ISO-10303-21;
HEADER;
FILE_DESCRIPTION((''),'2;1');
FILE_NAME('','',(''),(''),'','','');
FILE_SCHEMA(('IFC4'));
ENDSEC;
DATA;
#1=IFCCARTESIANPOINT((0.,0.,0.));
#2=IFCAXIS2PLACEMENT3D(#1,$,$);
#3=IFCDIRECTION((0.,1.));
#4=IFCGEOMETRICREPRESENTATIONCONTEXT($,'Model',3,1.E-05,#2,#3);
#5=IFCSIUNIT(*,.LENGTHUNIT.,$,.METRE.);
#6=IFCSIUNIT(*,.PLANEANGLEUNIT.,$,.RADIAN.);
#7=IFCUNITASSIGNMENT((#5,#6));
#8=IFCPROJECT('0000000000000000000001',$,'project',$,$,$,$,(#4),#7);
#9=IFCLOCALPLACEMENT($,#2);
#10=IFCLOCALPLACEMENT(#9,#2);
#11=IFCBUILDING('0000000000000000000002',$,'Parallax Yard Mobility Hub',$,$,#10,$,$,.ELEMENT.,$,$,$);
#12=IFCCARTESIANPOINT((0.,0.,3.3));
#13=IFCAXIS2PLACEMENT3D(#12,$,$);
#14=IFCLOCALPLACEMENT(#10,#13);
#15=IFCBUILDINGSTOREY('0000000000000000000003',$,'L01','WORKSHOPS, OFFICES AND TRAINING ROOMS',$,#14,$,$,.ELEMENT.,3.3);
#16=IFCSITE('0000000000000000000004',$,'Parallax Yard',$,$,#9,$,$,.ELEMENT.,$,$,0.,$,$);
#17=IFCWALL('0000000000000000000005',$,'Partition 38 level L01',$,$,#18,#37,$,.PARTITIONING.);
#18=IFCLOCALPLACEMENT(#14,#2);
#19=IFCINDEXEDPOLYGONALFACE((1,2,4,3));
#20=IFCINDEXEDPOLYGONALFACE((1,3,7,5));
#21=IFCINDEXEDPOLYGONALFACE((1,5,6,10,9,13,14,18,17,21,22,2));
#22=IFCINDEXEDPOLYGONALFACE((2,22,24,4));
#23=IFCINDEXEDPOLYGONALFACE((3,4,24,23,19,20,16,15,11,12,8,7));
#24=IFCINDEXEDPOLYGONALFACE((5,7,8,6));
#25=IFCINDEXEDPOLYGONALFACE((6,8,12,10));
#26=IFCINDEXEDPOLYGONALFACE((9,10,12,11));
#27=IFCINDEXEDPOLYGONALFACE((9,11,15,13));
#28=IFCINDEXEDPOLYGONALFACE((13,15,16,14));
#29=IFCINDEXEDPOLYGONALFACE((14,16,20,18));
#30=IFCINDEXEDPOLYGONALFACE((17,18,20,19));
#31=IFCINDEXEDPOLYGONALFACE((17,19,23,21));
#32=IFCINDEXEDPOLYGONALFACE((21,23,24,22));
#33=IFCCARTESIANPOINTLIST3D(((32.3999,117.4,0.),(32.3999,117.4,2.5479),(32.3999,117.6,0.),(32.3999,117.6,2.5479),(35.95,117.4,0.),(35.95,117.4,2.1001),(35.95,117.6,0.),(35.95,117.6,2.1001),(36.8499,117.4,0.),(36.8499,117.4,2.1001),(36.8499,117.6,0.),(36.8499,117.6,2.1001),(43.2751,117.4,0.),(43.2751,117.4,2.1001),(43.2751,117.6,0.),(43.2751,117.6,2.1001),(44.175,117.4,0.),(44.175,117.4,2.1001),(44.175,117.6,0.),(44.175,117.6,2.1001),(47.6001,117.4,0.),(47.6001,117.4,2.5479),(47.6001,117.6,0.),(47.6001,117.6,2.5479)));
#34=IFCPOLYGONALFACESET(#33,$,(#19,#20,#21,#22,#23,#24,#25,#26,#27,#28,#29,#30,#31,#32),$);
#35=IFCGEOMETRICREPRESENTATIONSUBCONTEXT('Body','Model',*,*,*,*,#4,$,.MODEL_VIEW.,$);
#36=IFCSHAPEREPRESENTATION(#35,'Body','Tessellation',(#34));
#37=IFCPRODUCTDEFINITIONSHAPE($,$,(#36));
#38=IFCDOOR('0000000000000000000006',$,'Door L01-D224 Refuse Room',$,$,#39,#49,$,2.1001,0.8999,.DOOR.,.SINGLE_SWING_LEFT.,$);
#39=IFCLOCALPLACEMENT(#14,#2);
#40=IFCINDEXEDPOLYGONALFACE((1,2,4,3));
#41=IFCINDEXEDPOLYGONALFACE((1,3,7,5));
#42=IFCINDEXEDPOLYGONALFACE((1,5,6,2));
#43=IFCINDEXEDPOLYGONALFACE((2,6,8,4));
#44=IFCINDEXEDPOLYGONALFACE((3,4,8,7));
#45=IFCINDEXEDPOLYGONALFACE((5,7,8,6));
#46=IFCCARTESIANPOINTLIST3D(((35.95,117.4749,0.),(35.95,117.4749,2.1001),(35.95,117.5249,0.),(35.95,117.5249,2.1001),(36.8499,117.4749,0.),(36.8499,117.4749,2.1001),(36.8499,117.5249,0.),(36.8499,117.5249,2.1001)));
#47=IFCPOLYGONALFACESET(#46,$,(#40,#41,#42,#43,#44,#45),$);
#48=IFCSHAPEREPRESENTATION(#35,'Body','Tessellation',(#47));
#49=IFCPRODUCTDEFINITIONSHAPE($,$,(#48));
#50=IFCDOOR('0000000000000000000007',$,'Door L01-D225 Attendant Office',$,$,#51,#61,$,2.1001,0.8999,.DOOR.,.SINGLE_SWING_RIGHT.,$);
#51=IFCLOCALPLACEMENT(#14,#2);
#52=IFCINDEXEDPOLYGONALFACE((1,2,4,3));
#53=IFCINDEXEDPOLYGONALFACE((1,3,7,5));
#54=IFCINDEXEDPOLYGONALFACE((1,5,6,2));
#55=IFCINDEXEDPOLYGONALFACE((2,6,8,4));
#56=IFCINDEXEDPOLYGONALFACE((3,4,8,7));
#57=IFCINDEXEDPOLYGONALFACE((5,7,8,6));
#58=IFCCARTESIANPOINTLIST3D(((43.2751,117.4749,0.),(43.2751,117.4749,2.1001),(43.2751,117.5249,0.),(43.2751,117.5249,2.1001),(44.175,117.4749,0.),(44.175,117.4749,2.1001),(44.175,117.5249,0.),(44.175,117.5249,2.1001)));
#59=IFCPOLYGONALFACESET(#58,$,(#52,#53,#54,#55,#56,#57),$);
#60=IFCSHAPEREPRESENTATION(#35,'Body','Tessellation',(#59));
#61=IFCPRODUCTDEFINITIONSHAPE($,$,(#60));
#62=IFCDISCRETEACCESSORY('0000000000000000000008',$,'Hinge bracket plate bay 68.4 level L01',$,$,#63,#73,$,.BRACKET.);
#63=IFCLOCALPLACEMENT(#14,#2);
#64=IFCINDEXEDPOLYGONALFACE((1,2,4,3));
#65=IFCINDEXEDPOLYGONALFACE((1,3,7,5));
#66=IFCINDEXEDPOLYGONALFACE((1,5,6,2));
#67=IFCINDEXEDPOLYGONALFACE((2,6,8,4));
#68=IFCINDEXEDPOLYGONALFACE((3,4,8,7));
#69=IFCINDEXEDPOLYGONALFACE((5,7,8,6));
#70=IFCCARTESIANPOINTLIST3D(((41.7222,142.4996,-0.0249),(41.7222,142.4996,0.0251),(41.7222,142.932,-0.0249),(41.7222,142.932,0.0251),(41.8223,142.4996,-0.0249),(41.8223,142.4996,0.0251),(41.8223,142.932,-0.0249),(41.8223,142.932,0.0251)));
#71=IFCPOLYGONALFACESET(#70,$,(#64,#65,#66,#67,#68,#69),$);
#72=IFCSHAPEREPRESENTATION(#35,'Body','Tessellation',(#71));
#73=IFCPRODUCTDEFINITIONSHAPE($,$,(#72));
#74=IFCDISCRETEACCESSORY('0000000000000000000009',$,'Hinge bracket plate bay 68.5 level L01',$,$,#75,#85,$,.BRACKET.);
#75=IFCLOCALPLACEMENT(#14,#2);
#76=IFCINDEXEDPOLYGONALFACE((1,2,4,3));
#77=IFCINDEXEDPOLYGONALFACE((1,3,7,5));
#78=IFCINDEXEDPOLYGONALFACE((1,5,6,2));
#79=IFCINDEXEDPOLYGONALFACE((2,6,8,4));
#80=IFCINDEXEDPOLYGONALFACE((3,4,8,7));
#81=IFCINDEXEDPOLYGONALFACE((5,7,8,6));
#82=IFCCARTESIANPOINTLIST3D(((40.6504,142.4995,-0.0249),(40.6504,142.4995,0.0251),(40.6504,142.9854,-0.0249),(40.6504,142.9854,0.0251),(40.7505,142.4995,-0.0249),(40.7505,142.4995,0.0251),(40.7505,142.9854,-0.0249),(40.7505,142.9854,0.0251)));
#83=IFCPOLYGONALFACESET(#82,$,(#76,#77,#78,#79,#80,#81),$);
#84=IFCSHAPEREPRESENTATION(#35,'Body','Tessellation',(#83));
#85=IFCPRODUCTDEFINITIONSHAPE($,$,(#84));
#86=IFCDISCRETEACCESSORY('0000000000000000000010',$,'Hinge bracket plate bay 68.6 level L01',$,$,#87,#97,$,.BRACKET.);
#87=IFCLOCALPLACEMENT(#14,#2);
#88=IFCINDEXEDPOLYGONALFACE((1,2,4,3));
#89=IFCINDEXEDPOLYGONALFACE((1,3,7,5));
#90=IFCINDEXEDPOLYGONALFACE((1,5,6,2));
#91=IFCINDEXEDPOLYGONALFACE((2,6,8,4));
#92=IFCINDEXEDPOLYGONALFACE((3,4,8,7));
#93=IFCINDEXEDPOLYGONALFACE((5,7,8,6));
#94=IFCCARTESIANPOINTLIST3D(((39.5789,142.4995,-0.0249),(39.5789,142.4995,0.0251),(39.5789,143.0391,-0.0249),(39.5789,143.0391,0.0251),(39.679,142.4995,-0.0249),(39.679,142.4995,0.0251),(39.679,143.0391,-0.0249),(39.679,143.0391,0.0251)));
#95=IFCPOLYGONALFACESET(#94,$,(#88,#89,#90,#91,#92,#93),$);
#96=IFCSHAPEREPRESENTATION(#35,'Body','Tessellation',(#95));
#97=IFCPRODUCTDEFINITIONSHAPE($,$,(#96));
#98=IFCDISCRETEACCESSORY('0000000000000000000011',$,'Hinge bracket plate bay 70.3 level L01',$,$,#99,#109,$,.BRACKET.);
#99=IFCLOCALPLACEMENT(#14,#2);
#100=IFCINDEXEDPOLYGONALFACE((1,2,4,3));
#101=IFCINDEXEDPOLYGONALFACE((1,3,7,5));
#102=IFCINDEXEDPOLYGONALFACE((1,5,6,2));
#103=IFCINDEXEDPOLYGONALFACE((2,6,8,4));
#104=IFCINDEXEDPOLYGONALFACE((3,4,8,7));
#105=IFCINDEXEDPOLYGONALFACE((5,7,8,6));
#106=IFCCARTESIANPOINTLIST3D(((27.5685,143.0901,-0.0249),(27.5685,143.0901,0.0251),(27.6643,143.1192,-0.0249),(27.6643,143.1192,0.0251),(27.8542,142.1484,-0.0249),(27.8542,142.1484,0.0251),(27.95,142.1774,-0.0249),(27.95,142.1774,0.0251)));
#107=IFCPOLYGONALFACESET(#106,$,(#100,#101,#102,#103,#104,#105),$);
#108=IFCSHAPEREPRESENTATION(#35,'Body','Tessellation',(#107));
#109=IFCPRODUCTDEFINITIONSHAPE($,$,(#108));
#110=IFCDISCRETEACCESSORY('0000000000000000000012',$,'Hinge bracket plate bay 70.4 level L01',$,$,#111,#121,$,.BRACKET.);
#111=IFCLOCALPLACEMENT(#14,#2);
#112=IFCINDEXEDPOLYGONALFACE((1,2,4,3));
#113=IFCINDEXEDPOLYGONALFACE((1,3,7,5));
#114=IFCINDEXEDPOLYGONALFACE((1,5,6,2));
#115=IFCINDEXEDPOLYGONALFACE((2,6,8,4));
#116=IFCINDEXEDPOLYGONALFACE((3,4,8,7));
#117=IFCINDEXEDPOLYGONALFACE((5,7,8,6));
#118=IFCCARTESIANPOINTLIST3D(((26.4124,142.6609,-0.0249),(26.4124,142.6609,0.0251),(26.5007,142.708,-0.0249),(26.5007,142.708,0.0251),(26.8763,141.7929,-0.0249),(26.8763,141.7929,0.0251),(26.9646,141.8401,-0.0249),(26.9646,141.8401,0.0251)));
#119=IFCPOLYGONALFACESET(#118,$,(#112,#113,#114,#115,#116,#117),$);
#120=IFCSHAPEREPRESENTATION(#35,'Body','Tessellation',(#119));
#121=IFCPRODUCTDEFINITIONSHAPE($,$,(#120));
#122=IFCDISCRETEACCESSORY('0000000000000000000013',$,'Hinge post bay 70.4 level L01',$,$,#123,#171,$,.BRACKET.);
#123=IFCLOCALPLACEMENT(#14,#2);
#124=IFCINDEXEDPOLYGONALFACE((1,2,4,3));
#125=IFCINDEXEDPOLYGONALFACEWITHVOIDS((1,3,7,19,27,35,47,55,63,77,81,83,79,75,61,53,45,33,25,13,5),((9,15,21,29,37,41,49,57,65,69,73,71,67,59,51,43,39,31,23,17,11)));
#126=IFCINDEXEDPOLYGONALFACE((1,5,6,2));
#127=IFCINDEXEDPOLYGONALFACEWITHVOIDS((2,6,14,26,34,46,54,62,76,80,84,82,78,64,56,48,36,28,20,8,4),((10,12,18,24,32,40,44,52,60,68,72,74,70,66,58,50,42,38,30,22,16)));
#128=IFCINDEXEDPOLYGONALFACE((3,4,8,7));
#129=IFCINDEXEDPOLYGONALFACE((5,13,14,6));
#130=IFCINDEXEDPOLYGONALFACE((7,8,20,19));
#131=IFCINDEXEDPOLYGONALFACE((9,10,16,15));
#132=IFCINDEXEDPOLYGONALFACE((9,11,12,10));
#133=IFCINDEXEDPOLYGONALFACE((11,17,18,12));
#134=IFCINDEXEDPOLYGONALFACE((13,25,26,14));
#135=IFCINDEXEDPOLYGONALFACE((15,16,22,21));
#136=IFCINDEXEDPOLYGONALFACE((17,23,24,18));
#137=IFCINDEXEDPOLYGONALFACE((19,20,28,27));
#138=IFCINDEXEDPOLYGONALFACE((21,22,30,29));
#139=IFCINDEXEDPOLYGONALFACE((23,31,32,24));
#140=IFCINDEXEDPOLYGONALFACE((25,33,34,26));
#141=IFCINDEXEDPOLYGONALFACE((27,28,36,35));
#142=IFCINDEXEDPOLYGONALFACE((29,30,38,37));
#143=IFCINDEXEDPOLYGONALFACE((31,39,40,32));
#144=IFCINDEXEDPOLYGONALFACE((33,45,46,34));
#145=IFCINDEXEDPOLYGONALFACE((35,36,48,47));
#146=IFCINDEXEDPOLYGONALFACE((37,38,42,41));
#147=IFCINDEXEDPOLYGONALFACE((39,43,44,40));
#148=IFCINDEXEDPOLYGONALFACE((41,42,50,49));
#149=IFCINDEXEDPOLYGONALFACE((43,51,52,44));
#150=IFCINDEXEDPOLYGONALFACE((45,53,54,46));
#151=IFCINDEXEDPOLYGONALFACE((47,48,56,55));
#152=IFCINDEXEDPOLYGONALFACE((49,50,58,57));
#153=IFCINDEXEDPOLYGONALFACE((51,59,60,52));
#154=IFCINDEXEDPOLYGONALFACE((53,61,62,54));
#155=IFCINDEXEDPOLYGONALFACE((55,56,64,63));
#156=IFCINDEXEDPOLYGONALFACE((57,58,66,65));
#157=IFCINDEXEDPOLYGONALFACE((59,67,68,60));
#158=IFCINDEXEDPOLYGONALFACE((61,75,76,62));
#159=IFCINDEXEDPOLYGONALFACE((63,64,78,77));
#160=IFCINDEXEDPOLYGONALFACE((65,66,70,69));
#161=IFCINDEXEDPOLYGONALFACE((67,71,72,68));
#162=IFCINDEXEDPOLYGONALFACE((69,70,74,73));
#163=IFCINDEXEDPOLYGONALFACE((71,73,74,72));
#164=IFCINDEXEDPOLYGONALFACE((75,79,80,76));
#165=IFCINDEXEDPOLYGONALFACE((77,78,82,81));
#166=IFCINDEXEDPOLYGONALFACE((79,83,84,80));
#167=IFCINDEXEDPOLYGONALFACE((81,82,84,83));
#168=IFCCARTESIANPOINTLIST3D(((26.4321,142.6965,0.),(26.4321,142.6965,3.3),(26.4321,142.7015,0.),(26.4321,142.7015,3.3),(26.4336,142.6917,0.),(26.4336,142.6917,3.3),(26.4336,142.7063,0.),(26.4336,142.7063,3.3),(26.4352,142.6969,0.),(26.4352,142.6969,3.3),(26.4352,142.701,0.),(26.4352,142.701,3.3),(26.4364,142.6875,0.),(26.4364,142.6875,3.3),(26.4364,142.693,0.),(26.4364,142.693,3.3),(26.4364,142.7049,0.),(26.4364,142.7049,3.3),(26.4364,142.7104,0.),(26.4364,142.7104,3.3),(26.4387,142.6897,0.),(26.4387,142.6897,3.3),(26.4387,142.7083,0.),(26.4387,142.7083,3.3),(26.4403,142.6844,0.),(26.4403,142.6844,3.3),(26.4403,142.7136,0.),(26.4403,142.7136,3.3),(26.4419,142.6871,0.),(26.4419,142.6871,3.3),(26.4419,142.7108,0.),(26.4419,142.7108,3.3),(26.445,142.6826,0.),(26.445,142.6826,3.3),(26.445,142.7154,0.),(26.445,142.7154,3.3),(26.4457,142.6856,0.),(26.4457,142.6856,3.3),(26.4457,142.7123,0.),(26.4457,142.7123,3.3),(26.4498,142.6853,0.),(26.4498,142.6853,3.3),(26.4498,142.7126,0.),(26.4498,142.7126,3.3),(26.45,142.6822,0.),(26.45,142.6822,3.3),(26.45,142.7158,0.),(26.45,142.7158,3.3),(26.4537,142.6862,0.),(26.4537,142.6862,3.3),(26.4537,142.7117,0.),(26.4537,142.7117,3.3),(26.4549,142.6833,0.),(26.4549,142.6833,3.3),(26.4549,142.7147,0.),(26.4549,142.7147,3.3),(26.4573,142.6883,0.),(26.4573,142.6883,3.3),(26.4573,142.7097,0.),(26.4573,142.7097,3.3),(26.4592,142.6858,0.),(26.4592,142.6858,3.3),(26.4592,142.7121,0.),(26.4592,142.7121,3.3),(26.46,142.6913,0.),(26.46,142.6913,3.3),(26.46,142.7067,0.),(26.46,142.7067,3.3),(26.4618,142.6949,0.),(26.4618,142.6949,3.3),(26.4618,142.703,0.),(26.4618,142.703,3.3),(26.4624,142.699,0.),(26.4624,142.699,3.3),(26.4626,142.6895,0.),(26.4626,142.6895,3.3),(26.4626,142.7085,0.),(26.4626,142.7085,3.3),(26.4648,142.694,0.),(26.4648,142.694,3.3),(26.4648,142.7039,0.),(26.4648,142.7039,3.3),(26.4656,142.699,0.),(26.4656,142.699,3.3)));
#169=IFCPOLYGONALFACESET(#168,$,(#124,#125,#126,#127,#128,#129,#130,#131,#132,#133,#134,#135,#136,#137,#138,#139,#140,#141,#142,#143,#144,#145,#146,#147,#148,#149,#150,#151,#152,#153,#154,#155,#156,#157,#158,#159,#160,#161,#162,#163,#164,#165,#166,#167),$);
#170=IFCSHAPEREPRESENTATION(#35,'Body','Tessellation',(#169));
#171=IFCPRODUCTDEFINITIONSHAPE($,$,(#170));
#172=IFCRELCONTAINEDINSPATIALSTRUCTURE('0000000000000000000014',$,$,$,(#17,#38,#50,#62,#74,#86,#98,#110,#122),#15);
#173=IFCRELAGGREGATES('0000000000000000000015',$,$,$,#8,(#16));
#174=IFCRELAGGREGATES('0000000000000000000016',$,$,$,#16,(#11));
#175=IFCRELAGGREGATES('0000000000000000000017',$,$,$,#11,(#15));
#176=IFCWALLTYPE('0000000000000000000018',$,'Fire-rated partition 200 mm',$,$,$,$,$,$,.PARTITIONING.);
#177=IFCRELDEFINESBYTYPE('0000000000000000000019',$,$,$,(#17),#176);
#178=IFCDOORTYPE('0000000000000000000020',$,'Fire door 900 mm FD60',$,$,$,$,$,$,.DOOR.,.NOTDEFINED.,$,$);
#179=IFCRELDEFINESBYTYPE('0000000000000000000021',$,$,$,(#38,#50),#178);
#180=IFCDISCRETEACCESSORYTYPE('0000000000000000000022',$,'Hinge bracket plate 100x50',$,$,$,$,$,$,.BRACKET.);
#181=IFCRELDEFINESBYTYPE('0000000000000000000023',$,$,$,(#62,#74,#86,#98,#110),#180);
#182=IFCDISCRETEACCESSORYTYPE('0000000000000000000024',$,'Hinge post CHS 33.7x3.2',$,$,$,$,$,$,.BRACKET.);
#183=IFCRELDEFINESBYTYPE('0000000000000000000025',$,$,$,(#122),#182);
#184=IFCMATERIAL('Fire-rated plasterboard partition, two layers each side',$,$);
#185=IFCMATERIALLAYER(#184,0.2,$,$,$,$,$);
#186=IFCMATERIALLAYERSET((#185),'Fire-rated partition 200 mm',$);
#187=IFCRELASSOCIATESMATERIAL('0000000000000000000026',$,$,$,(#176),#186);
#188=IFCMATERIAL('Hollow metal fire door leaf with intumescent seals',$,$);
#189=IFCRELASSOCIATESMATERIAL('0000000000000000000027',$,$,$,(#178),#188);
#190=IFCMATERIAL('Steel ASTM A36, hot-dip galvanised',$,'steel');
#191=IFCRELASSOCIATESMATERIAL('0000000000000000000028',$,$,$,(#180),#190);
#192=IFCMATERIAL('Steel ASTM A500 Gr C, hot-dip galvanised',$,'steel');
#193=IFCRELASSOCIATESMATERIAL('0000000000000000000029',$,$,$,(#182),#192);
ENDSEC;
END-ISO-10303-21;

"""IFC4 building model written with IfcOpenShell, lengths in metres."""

from ifc_helpers import new_model, si_unit, direction, frame, frame_2d, origin, origin_2d, place, context, subcontext, project, spatial, rectangle, hollow_circle, extrude, material, layer, layer_set, material_profile, profile_set, type_object, element, fill, save


model = new_model("IFC4")

# Units and contexts
model_context = context("Model", 3, precision=1e-05, world=origin(), true_north=direction((0.0, 1.0)))
body_context = subcontext(model_context, "Body", "Model", "MODEL_VIEW")
ifc_project = project(units=[si_unit("LENGTHUNIT", "METRE"), si_unit("PLANEANGLEUNIT", "RADIAN")], contexts=[model_context])

# Site, building, storey
site_placement = place(None, origin())
site = spatial("IfcSite", under=ifc_project, at=site_placement, Name="Parallax Yard", CompositionType="ELEMENT", RefElevation=0.0)
building_placement = place(site_placement, origin())
building = spatial("IfcBuilding", under=site, at=building_placement, Name="Parallax Yard Mobility Hub", CompositionType="ELEMENT")
storey_placement = place(building_placement, frame((0.0, 0.0, 3.3)))
storey = spatial("IfcBuildingStorey", under=building, at=storey_placement, Name="L01", Description="WORKSHOPS, OFFICES AND TRAINING ROOMS", CompositionType="ELEMENT", Elevation=3.3)

# Shared definitions
ifc_material_1 = material(Name="Fire-rated plasterboard partition, two layers each side")
ifc_layer_1 = layer(ifc_material_1, 0.2)
ifc_layer_set_1 = layer_set([ifc_layer_1], Name="Fire-rated partition 200 mm")
wall_type_1 = type_object("IfcWallType", Name="Fire-rated partition 200 mm", PredefinedType="PARTITIONING", material=ifc_layer_set_1)

# Wall, openings, doors
wall_1_placement = place(storey_placement, frame((32.3999, 117.5, 0.0), z_axis=(0.0, 0.0, 1.0), x_axis=(1.0, 0.0, 0.0)))
wall_1 = element("IfcWall", 1, at=wall_1_placement, inside=storey, type_object=wall_type_1, Name="Partition 38 level L01", PredefinedType="PARTITIONING", context=body_context, shape_type="SweptSolid", body=[
    extrude(rectangle(XDim=15.2002, YDim=0.2, at=frame_2d((7.6001, 0.0))), origin(), (0.0, 0.0, 1.0), 2.5479),
])
opening_1_placement = place(wall_1_placement, frame((3.55, 0.0, 0.0)))
opening_1 = element("IfcOpeningElement", 2, at=opening_1_placement, cuts=wall_1, PredefinedType="OPENING", context=body_context, shape_type="SweptSolid", body=[
    extrude(rectangle(XDim=0.8999, YDim=2.1001, at=frame_2d((0.45, 1.05))), frame((0.0, 0.1099, 0.0), z_axis=(0.0, -1.0, 0.0), x_axis=(1.0, 0.0, 0.0)), (0.0, 0.0, 1.0), 0.22),
])
opening_2_placement = place(wall_1_placement, frame((10.8752, 0.0, 0.0)))
opening_2 = element("IfcOpeningElement", 3, at=opening_2_placement, cuts=wall_1, PredefinedType="OPENING", context=body_context, shape_type="SweptSolid", body=[
    extrude(rectangle(XDim=0.8999, YDim=2.1001, at=frame_2d((0.45, 1.05))), frame((0.0, 0.1099, 0.0), z_axis=(0.0, -1.0, 0.0), x_axis=(1.0, 0.0, 0.0)), (0.0, 0.0, 1.0), 0.22),
])
ifc_material_2 = material(Name="Hollow metal fire door leaf with intumescent seals")
door_type = type_object("IfcDoorType", Name="Fire door 900 mm FD60", OperationType="NOTDEFINED", PredefinedType="DOOR", material=ifc_material_2)
door_1_placement = place(opening_1_placement, origin())
door_1 = element("IfcDoor", 4, at=door_1_placement, inside=storey, type_object=door_type, Name="Door L01-D224 Refuse Room", OperationType="SINGLE_SWING_LEFT", OverallHeight=2.1001, OverallWidth=0.8999, PredefinedType="DOOR", context=body_context, shape_type="SweptSolid", body=[
    extrude(rectangle(XDim=0.8999, YDim=2.1001, at=frame_2d((0.45, 1.05))), frame((0.0, 0.0249, 0.0), z_axis=(0.0, -1.0, 0.0), x_axis=(1.0, 0.0, 0.0)), (0.0, 0.0, 1.0), 0.05),
])
fill(opening_1, door_1)
door_2_placement = place(opening_2_placement, origin())
door_2 = element("IfcDoor", 5, at=door_2_placement, inside=storey, type_object=door_type, Name="Door L01-D225 Attendant Office", OperationType="SINGLE_SWING_RIGHT", OverallHeight=2.1001, OverallWidth=0.8999, PredefinedType="DOOR", context=body_context, shape_type="SweptSolid", body=[
    extrude(rectangle(XDim=0.8999, YDim=2.1001, at=frame_2d((0.45, 1.05))), frame((0.0, 0.0249, 0.0), z_axis=(0.0, -1.0, 0.0), x_axis=(1.0, 0.0, 0.0)), (0.0, 0.0, 1.0), 0.05),
])
fill(opening_2, door_2)

# Discrete accessories
ifc_material_3 = material(Name="Steel ASTM A36, hot-dip galvanised", Category="steel")
discrete_accessory_type_1 = type_object("IfcDiscreteAccessoryType", Name="Hinge bracket plate 100x50", PredefinedType="BRACKET", material=ifc_material_3)
discrete_accessory_1_placement = place(storey_placement, frame((41.7722, 142.7158, -0.0249), z_axis=(0.0, 0.0, 1.0), x_axis=(0.0, 1.0, 0.0)))
element("IfcDiscreteAccessory", 6, at=discrete_accessory_1_placement, inside=storey, type_object=discrete_accessory_type_1, Name="Hinge bracket plate bay 68.4 level L01", PredefinedType="BRACKET", context=body_context, shape_type="SweptSolid", body=[
    extrude(rectangle(XDim=0.4324, YDim=0.1001, at=origin_2d()), origin(), (0.0, 0.0, 1.0), 0.05),
])
discrete_accessory_2_placement = place(storey_placement, frame((40.7004, 142.7424, -0.0249), z_axis=(0.0, 0.0, 1.0), x_axis=(0.0, 1.0, 0.0)))
element("IfcDiscreteAccessory", 7, at=discrete_accessory_2_placement, inside=storey, type_object=discrete_accessory_type_1, Name="Hinge bracket plate bay 68.5 level L01", PredefinedType="BRACKET", context=body_context, shape_type="SweptSolid", body=[
    extrude(rectangle(XDim=0.4858, YDim=0.1001, at=origin_2d()), origin(), (0.0, 0.0, 1.0), 0.05),
])
discrete_accessory_3_placement = place(storey_placement, frame((39.6289, 142.7693, -0.0249), z_axis=(0.0, 0.0, 1.0), x_axis=(0.0, 1.0, 0.0)))
element("IfcDiscreteAccessory", 8, at=discrete_accessory_3_placement, inside=storey, type_object=discrete_accessory_type_1, Name="Hinge bracket plate bay 68.6 level L01", PredefinedType="BRACKET", context=body_context, shape_type="SweptSolid", body=[
    extrude(rectangle(XDim=0.5396, YDim=0.1001, at=origin_2d()), origin(), (0.0, 0.0, 1.0), 0.05),
])
for number, where, z_axis, x_axis, name in (
    (9, (27.7593, 142.6338, -0.0249), (0.0, 0.0, 1.0), (-0.290285, 0.95694, 0.0), "Hinge bracket plate bay 70.3 level L01"),
    (10, (26.6885, 142.2505, -0.0249), (0.0, 0.0, 1.0), (-0.471397, 0.881921, 0.0), "Hinge bracket plate bay 70.4 level L01"),
):
    element("IfcDiscreteAccessory", number, at=place(storey_placement, frame(where, z_axis=z_axis, x_axis=x_axis)), inside=storey, type_object=discrete_accessory_type_1, Name=name, PredefinedType="BRACKET", context=body_context, shape_type="SweptSolid", body=[
        extrude(rectangle(XDim=0.9841, YDim=0.1001, at=origin_2d()), origin(), (0.0, 0.0, 1.0), 0.05),
    ])
ifc_material_4 = material(Name="Steel ASTM A500 Gr C, hot-dip galvanised", Category="steel")
ifc_material_profile_1 = material_profile(ifc_material_4, hollow_circle(Radius=0.0168, WallThickness=0.0032, at=origin_2d()), Name="CHS 33.7x3.2")
ifc_profile_set_1 = profile_set([ifc_material_profile_1], Name="Steel ASTM A500 Gr C, hot-dip galvanised")
discrete_accessory_type_2 = type_object("IfcDiscreteAccessoryType", Name="Hinge post CHS 33.7x3.2", PredefinedType="BRACKET", material=ifc_profile_set_1)
discrete_accessory_4_placement = place(storey_placement, frame((26.4487, 142.699, 0.0), z_axis=(0.0, 0.0, 1.0), x_axis=(1.0, 0.0, 0.0)))
element("IfcDiscreteAccessory", 11, at=discrete_accessory_4_placement, inside=storey, type_object=discrete_accessory_type_2, Name="Hinge post bay 70.4 level L01", PredefinedType="BRACKET", context=body_context, shape_type="SweptSolid", body=[
    extrude(hollow_circle(Radius=0.0168, WallThickness=0.0032, at=origin_2d()), origin(), (0.0, 0.0, 1.0), 3.3),
])

save(model, "model.ifc")
